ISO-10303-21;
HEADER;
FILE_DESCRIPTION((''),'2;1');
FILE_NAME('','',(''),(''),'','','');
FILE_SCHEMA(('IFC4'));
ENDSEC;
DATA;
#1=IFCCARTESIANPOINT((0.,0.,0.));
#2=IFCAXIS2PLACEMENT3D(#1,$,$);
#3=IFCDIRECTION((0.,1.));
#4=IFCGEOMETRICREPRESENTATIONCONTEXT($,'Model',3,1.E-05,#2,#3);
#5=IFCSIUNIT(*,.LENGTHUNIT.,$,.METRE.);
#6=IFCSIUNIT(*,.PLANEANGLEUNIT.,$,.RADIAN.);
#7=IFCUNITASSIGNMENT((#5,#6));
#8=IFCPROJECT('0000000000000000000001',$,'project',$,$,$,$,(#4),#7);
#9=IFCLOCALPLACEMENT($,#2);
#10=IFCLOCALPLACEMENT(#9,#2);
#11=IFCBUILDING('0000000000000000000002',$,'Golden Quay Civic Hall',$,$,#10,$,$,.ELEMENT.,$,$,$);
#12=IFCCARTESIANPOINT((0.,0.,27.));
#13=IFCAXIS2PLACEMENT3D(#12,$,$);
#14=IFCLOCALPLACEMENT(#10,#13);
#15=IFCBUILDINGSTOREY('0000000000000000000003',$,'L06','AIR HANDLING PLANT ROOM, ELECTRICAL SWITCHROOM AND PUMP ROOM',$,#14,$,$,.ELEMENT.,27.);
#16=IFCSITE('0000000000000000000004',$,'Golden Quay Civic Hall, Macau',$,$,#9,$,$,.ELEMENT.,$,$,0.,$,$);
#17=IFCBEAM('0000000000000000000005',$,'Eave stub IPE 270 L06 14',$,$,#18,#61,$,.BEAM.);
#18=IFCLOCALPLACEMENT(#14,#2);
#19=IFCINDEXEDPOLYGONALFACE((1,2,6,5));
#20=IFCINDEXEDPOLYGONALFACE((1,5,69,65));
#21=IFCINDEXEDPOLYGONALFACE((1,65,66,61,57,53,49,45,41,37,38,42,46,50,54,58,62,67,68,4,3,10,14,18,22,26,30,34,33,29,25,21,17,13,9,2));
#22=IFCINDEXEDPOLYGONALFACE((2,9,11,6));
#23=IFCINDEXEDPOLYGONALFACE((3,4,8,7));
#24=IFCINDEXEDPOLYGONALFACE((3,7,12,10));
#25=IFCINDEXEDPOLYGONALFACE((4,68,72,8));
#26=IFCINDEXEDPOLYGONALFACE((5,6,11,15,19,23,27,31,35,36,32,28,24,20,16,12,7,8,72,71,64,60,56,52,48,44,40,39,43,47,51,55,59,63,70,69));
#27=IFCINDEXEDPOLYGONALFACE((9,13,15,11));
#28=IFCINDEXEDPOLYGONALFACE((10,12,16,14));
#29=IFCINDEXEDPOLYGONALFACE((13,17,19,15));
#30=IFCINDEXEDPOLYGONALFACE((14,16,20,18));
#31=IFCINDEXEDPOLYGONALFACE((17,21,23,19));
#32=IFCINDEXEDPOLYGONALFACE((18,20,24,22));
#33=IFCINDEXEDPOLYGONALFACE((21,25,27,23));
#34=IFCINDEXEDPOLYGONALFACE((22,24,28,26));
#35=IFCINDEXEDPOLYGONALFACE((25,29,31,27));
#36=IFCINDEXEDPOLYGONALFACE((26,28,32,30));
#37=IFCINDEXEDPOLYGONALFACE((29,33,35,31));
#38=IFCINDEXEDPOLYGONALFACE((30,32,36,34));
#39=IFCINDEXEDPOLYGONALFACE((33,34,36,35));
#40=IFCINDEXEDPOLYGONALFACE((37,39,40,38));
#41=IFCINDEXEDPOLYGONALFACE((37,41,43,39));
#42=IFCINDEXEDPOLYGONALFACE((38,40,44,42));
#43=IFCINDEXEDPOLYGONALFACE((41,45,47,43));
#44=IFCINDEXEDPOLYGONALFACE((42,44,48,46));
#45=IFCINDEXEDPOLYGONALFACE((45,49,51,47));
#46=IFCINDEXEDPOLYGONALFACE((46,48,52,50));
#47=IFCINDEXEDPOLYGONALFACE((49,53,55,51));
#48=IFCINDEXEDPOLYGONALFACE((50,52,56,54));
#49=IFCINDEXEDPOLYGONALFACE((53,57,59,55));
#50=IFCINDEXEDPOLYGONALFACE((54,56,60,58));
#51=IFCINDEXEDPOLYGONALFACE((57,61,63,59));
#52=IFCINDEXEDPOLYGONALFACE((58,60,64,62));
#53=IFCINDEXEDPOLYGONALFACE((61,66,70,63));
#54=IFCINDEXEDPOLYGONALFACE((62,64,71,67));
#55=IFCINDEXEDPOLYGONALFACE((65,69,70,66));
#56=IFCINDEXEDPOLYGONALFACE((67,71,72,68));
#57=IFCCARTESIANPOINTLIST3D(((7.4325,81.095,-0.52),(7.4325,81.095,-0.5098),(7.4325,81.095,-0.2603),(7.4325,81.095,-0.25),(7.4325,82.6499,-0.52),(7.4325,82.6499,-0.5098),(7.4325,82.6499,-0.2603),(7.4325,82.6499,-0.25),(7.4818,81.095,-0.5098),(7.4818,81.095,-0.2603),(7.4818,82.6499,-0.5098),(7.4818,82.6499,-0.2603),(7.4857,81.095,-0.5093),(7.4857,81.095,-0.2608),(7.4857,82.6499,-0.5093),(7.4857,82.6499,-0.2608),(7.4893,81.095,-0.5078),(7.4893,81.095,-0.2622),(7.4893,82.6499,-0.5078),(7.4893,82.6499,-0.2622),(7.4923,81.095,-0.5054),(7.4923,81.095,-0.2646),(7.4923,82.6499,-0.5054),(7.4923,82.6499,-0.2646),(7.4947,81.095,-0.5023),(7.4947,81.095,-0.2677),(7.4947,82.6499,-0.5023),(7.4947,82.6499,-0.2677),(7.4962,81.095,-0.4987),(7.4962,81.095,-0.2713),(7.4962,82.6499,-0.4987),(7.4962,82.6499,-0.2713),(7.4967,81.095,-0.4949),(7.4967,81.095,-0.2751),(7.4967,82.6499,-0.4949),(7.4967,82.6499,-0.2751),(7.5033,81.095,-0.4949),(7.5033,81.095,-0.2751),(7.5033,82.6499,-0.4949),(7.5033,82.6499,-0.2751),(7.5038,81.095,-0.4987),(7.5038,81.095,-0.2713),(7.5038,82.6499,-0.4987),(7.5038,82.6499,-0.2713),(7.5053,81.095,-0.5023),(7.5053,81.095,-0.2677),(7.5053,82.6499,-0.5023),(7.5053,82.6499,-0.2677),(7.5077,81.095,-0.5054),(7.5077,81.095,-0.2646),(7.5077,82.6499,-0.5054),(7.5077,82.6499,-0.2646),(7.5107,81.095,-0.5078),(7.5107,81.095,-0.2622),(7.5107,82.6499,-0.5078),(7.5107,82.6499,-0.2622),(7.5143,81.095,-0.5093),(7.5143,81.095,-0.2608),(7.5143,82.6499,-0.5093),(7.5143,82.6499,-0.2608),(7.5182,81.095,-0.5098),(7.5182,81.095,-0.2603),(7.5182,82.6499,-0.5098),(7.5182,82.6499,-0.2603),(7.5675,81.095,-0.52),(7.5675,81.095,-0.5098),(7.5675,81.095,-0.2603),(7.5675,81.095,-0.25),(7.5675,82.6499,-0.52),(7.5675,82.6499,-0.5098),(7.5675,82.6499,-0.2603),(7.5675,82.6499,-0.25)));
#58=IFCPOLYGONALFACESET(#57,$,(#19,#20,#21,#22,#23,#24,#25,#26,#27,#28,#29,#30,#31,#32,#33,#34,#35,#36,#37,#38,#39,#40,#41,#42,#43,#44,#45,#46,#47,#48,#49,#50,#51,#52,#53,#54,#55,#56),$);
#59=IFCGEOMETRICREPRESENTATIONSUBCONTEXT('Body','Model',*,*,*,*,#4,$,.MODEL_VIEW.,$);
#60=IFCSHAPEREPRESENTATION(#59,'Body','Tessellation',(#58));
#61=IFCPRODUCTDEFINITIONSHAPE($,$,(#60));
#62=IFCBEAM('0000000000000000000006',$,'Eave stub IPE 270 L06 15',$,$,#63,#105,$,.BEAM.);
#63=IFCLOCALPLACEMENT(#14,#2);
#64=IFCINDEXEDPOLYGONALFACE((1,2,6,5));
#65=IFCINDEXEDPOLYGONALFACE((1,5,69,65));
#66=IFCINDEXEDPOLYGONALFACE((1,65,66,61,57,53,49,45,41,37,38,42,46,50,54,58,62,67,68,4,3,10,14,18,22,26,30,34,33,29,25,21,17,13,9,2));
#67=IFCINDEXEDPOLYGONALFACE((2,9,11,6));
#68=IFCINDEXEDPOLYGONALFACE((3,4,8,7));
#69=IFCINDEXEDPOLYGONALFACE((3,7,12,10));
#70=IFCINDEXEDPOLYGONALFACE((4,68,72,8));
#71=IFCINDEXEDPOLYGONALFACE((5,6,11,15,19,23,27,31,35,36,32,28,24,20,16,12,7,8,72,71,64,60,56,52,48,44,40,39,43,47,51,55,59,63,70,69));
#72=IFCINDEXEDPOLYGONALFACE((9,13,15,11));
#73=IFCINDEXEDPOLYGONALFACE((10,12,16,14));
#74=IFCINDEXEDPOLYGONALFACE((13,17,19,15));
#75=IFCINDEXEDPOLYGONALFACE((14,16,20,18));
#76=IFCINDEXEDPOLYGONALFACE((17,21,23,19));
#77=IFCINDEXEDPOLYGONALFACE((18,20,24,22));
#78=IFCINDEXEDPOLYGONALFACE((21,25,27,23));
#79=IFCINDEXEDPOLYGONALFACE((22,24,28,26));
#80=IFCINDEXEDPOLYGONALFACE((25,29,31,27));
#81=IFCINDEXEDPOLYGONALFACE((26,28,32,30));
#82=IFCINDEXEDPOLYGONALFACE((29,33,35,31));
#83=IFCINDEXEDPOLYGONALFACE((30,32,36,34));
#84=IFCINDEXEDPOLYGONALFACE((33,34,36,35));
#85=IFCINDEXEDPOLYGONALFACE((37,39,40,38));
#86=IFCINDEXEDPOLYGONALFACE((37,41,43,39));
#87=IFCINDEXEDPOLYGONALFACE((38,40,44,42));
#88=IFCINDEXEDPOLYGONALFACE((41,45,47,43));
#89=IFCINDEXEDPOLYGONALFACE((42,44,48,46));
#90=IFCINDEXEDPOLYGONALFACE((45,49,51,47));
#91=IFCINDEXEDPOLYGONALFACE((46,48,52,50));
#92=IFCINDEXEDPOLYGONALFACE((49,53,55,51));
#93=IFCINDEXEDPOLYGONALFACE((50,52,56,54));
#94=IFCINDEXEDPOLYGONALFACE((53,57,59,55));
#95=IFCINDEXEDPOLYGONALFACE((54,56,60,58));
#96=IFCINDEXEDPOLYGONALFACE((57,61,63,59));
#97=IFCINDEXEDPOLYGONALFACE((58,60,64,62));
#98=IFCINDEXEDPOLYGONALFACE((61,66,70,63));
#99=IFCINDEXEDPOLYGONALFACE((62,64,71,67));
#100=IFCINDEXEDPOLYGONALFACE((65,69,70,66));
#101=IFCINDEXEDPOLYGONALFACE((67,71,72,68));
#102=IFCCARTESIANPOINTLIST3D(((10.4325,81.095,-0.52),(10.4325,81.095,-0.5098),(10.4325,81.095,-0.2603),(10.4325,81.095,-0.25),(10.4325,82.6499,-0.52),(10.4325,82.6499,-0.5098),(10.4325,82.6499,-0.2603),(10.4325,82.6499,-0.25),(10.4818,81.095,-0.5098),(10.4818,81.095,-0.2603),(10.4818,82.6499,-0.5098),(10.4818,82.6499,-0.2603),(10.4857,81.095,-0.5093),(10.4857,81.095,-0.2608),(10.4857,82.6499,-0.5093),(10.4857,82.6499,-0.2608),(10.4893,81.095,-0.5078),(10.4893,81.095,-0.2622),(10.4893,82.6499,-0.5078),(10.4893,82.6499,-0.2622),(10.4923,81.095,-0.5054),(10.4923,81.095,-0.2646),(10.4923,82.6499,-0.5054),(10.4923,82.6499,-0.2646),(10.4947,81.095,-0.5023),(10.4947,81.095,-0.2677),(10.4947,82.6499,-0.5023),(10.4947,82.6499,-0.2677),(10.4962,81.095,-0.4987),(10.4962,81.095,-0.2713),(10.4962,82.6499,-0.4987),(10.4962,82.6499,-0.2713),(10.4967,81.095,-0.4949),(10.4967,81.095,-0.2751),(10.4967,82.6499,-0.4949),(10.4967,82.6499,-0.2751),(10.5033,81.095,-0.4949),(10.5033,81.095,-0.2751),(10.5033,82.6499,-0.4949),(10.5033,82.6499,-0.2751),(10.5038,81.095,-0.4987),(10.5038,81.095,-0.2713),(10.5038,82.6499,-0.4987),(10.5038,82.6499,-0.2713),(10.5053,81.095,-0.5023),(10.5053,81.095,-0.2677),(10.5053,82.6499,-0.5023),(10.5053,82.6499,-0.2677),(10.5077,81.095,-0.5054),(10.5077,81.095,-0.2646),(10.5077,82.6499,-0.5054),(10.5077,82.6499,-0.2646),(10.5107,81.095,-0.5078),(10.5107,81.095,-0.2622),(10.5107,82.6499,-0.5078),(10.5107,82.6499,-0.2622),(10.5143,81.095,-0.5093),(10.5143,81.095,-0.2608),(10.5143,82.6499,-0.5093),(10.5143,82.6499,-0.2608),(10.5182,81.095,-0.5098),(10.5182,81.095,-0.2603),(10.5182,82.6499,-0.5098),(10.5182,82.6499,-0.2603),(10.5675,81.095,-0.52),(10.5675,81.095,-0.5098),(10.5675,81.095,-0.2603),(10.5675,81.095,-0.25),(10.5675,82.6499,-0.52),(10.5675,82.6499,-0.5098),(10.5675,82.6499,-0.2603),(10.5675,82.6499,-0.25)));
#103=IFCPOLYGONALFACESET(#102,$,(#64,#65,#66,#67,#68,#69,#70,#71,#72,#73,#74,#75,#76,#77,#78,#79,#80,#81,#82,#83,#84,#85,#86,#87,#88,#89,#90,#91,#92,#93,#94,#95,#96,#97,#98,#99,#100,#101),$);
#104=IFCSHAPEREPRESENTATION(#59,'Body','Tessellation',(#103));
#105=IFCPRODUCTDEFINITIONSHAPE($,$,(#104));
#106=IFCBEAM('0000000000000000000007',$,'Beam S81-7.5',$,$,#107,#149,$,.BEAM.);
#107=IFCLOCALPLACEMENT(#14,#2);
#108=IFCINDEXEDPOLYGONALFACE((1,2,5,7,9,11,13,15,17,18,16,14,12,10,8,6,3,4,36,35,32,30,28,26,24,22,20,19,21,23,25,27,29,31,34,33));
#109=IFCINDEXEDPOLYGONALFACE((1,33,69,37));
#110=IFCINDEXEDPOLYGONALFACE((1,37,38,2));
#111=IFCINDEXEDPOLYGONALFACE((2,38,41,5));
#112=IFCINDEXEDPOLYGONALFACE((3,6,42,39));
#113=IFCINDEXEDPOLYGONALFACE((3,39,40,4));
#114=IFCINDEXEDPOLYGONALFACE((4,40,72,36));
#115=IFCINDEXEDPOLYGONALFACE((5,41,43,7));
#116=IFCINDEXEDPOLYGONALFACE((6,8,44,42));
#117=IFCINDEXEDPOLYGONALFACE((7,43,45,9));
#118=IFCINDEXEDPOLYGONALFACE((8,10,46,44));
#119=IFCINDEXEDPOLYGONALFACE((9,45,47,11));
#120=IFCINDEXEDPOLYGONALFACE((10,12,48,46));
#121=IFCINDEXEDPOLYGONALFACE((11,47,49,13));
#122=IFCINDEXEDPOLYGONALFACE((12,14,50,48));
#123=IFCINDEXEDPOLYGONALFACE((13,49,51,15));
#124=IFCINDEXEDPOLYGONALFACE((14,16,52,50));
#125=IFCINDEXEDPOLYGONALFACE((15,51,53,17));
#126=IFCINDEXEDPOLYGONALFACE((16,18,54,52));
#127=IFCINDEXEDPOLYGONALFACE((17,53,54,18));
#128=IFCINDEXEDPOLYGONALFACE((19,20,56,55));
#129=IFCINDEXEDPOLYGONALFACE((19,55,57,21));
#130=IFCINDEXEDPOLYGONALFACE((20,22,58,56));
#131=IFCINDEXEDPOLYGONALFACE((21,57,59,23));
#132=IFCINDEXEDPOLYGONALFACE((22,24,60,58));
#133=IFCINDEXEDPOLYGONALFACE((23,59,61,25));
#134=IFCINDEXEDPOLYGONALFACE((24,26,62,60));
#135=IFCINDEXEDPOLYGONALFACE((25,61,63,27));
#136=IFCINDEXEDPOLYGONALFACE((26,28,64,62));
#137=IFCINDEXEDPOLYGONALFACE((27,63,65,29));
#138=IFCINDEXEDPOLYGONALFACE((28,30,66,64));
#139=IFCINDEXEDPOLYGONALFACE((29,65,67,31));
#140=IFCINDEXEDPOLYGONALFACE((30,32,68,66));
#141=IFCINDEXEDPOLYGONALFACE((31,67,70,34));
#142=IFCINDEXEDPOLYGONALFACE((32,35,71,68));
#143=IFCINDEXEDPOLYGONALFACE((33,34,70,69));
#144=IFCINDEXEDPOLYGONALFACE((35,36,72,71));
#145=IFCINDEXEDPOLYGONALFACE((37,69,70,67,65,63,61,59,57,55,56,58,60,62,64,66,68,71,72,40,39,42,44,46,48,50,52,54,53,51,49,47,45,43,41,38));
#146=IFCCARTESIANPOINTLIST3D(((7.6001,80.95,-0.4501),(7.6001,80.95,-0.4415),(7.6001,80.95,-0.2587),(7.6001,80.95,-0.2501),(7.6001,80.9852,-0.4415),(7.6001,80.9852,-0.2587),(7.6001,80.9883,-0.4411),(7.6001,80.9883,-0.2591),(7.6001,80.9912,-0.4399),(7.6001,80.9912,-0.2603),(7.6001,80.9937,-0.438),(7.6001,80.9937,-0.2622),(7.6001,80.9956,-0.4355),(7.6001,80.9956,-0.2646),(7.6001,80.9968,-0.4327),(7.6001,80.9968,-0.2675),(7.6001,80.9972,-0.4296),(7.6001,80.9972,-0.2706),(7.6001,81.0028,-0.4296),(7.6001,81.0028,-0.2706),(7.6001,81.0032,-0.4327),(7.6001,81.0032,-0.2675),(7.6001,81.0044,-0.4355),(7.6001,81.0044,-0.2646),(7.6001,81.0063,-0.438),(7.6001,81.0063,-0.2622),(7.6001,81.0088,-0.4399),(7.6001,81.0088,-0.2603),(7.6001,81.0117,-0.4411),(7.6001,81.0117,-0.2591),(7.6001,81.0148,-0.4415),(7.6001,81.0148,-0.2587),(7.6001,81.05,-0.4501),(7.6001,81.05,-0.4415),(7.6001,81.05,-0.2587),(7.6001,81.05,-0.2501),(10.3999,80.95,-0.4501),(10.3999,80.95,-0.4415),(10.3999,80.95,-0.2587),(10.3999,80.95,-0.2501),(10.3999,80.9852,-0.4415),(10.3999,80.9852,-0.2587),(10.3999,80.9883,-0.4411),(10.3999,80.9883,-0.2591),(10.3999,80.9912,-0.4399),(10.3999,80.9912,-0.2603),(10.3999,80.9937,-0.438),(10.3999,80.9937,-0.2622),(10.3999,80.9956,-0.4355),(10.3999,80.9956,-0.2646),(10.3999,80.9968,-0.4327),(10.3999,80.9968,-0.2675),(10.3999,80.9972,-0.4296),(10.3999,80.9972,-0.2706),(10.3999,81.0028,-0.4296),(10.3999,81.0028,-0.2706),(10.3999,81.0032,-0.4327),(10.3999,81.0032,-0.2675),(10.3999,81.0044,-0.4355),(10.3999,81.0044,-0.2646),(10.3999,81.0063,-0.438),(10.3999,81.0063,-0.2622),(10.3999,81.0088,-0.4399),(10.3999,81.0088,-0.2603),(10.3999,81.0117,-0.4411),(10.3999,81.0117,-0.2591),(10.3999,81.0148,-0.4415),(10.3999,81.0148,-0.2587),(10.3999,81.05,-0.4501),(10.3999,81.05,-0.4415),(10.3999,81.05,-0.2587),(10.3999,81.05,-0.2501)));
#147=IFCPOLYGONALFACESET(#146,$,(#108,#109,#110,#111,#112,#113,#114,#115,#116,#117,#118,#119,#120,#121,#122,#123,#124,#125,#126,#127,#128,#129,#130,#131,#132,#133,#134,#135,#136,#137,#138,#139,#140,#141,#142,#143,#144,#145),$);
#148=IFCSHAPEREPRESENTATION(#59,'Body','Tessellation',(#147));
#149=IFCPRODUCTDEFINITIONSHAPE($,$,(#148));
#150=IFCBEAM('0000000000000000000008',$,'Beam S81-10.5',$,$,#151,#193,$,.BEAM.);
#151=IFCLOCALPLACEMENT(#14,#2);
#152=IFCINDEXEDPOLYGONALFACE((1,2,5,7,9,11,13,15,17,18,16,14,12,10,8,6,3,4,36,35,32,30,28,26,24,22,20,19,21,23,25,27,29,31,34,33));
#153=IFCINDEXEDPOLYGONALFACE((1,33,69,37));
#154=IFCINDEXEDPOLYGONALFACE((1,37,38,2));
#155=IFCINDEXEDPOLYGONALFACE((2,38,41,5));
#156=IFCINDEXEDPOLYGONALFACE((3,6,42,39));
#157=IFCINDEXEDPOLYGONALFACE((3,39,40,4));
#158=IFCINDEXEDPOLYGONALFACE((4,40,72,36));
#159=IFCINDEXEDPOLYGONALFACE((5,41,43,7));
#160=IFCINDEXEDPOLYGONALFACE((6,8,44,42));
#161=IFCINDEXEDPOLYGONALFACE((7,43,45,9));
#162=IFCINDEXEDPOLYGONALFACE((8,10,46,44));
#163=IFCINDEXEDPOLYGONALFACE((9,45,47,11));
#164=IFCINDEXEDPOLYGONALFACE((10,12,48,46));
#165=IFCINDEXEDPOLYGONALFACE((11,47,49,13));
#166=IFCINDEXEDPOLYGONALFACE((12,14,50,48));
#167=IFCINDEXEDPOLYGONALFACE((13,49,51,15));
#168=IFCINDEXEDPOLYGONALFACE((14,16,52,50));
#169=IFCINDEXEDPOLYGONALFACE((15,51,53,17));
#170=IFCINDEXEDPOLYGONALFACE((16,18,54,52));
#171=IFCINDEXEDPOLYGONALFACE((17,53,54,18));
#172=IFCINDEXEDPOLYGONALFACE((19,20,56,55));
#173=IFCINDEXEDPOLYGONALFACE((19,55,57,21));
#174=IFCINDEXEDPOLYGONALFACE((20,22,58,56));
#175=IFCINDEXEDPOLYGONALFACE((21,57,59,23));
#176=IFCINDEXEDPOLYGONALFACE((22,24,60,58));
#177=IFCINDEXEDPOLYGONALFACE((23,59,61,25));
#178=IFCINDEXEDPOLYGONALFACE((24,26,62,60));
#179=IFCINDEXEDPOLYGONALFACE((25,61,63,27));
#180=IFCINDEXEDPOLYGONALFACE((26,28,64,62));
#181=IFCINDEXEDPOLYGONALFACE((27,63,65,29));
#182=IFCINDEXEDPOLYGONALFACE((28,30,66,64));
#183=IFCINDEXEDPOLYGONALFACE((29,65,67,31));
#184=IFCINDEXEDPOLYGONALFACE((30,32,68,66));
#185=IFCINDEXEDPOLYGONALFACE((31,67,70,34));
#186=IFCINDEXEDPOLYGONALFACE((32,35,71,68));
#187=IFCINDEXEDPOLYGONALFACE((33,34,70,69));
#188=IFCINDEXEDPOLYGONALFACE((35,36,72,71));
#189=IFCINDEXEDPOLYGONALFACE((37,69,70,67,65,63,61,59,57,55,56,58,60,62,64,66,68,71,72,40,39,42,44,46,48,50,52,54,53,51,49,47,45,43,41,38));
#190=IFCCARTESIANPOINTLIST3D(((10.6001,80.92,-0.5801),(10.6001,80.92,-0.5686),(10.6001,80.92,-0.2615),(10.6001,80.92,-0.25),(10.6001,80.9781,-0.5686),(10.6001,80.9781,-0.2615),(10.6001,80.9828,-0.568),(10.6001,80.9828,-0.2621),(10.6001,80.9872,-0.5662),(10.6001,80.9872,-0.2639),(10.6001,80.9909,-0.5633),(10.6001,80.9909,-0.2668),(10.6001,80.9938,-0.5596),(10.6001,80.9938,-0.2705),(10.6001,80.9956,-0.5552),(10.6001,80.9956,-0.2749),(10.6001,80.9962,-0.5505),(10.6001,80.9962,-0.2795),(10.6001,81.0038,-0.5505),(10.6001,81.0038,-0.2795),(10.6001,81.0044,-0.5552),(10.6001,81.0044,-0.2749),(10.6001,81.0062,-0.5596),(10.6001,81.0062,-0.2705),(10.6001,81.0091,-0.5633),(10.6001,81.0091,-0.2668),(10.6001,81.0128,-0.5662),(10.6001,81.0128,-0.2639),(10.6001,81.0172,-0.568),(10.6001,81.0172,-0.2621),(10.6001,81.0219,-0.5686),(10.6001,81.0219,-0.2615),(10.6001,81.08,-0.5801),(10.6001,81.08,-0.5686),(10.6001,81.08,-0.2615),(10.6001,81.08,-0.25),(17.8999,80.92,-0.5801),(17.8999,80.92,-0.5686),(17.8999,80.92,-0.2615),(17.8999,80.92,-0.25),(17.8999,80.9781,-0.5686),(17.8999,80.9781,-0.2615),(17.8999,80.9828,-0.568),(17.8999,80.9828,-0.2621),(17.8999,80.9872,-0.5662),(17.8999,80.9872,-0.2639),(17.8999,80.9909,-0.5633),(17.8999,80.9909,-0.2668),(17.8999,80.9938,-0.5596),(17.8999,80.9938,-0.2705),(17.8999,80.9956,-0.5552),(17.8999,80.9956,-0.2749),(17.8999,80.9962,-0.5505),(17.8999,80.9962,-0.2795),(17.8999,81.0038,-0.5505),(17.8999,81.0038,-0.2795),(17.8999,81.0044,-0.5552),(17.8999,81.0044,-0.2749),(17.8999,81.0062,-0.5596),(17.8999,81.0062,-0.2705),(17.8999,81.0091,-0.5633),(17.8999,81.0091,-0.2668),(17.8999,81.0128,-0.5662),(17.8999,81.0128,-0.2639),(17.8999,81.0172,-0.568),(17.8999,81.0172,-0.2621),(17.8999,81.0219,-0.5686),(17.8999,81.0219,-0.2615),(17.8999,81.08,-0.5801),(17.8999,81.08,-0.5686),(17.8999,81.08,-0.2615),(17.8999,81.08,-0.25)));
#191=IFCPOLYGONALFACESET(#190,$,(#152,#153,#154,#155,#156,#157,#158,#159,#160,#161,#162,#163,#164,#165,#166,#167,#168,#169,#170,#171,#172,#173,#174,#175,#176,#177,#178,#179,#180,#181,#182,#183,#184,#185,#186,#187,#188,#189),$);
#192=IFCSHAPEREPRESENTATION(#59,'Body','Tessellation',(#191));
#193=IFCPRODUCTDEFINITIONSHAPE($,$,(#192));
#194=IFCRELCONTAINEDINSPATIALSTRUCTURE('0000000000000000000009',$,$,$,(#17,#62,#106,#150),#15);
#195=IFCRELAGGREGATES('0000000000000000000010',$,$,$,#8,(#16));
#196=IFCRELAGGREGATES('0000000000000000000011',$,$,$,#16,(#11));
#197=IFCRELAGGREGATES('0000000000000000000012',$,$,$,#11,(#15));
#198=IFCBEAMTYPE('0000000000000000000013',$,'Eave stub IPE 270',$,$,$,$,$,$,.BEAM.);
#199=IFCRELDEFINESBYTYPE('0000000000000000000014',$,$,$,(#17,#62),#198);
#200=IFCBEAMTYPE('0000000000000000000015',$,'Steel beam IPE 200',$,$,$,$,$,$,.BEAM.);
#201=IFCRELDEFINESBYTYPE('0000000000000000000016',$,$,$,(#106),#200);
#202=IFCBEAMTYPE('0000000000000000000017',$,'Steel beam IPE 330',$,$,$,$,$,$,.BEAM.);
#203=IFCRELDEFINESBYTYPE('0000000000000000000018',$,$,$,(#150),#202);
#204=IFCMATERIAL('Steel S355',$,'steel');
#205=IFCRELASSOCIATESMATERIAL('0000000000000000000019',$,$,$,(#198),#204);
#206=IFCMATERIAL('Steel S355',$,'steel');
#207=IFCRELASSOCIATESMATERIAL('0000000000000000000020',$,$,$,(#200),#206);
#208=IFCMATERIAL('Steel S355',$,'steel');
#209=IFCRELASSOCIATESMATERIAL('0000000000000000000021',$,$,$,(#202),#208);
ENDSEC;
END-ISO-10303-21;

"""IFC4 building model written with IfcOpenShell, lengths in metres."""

from ifc_helpers import new_model, si_unit, direction, frame, origin, origin_2d, place, context, subcontext, project, spatial, i_section, extrude, material, material_profile, profile_set, type_object, element, save


model = new_model("IFC4")

# Units and contexts
model_context = context("Model", 3, precision=1e-05, world=origin(), true_north=direction((0.0, 1.0)))
body_context = subcontext(model_context, "Body", "Model", "MODEL_VIEW")
ifc_project = project(units=[si_unit("LENGTHUNIT", "METRE"), si_unit("PLANEANGLEUNIT", "RADIAN")], contexts=[model_context])

# Site, building, storey
site_placement = place(None, origin())
site = spatial("IfcSite", under=ifc_project, at=site_placement, Name="Golden Quay Civic Hall, Macau", CompositionType="ELEMENT", RefElevation=0.0)
building_placement = place(site_placement, origin())
building = spatial("IfcBuilding", under=site, at=building_placement, Name="Golden Quay Civic Hall", CompositionType="ELEMENT")
storey_placement = place(building_placement, frame((0.0, 0.0, 27.0)))
storey = spatial("IfcBuildingStorey", under=building, at=storey_placement, Name="L06", Description="AIR HANDLING PLANT ROOM, ELECTRICAL SWITCHROOM AND PUMP ROOM", CompositionType="ELEMENT", Elevation=27.0)

# Beams
ifc_material_1 = material(Name="Steel S355", Category="steel")
ifc_material_profile_1 = material_profile(ifc_material_1, i_section(OverallWidth=0.135, OverallDepth=0.27, WebThickness=0.0066, FlangeThickness=0.0103, FilletRadius=0.0149, at=origin_2d()), Name="IPE 270")
ifc_profile_set_1 = profile_set([ifc_material_profile_1], Name="Steel S355")
beam_type_1 = type_object("IfcBeamType", Name="Eave stub IPE 270", PredefinedType="BEAM", material=ifc_profile_set_1)
for number, where, z_axis, x_axis, name in (
    (1, (7.5, 81.095, -0.385), (0.0, 1.0, 0.0), (-1.0, 0.0, 0.0), "Eave stub IPE 270 L06 14"),
    (2, (10.5, 81.095, -0.385), (0.0, 1.0, 0.0), (-1.0, 0.0, 0.0), "Eave stub IPE 270 L06 15"),
):
    element("IfcBeam", number, at=place(storey_placement, frame(where, z_axis=z_axis, x_axis=x_axis)), inside=storey, type_object=beam_type_1, Name=name, PredefinedType="BEAM", context=body_context, shape_type="SweptSolid", body=[
        extrude(i_section(OverallWidth=0.135, OverallDepth=0.27, WebThickness=0.0066, FlangeThickness=0.0103, FilletRadius=0.0149, at=origin_2d()), origin(), (0.0, 0.0, 1.0), 1.5549),
    ])
ifc_material_2 = material(Name="Steel S355", Category="steel")
ifc_material_profile_2 = material_profile(ifc_material_2, i_section(OverallWidth=0.1001, OverallDepth=0.2, WebThickness=0.0056, FlangeThickness=0.0085, FilletRadius=0.012, at=origin_2d()), Name="IPE 200")
ifc_profile_set_2 = profile_set([ifc_material_profile_2], Name="Steel S355")
beam_type_2 = type_object("IfcBeamType", Name="Steel beam IPE 200", PredefinedType="BEAM", material=ifc_profile_set_2)
beam_1_placement = place(storey_placement, frame((7.6001, 81.0, -0.3501), z_axis=(1.0, 0.0, 0.0), x_axis=(0.0, 1.0, 0.0)))
element("IfcBeam", 3, at=beam_1_placement, inside=storey, type_object=beam_type_2, Name="Beam S81-7.5", PredefinedType="BEAM", context=body_context, shape_type="SweptSolid", body=[
    extrude(i_section(OverallWidth=0.1001, OverallDepth=0.2, WebThickness=0.0056, FlangeThickness=0.0085, FilletRadius=0.012, at=origin_2d()), origin(), (0.0, 0.0, 1.0), 2.7998),
])
ifc_material_3 = material(Name="Steel S355", Category="steel")
ifc_material_profile_3 = material_profile(ifc_material_3, i_section(OverallWidth=0.1599, OverallDepth=0.3301, WebThickness=0.0076, FlangeThickness=0.0115, FilletRadius=0.0181, at=origin_2d()), Name="IPE 330")
ifc_profile_set_3 = profile_set([ifc_material_profile_3], Name="Steel S355")
beam_type_3 = type_object("IfcBeamType", Name="Steel beam IPE 330", PredefinedType="BEAM", material=ifc_profile_set_3)
beam_2_placement = place(storey_placement, frame((10.6001, 81.0, -0.415), z_axis=(1.0, 0.0, 0.0), x_axis=(0.0, 1.0, 0.0)))
element("IfcBeam", 4, at=beam_2_placement, inside=storey, type_object=beam_type_3, Name="Beam S81-10.5", PredefinedType="BEAM", context=body_context, shape_type="SweptSolid", body=[
    extrude(i_section(OverallWidth=0.1599, OverallDepth=0.3301, WebThickness=0.0076, FlangeThickness=0.0115, FilletRadius=0.0181, at=origin_2d()), origin(), (0.0, 0.0, 1.0), 7.2998),
])

save(model, "model.ifc")
